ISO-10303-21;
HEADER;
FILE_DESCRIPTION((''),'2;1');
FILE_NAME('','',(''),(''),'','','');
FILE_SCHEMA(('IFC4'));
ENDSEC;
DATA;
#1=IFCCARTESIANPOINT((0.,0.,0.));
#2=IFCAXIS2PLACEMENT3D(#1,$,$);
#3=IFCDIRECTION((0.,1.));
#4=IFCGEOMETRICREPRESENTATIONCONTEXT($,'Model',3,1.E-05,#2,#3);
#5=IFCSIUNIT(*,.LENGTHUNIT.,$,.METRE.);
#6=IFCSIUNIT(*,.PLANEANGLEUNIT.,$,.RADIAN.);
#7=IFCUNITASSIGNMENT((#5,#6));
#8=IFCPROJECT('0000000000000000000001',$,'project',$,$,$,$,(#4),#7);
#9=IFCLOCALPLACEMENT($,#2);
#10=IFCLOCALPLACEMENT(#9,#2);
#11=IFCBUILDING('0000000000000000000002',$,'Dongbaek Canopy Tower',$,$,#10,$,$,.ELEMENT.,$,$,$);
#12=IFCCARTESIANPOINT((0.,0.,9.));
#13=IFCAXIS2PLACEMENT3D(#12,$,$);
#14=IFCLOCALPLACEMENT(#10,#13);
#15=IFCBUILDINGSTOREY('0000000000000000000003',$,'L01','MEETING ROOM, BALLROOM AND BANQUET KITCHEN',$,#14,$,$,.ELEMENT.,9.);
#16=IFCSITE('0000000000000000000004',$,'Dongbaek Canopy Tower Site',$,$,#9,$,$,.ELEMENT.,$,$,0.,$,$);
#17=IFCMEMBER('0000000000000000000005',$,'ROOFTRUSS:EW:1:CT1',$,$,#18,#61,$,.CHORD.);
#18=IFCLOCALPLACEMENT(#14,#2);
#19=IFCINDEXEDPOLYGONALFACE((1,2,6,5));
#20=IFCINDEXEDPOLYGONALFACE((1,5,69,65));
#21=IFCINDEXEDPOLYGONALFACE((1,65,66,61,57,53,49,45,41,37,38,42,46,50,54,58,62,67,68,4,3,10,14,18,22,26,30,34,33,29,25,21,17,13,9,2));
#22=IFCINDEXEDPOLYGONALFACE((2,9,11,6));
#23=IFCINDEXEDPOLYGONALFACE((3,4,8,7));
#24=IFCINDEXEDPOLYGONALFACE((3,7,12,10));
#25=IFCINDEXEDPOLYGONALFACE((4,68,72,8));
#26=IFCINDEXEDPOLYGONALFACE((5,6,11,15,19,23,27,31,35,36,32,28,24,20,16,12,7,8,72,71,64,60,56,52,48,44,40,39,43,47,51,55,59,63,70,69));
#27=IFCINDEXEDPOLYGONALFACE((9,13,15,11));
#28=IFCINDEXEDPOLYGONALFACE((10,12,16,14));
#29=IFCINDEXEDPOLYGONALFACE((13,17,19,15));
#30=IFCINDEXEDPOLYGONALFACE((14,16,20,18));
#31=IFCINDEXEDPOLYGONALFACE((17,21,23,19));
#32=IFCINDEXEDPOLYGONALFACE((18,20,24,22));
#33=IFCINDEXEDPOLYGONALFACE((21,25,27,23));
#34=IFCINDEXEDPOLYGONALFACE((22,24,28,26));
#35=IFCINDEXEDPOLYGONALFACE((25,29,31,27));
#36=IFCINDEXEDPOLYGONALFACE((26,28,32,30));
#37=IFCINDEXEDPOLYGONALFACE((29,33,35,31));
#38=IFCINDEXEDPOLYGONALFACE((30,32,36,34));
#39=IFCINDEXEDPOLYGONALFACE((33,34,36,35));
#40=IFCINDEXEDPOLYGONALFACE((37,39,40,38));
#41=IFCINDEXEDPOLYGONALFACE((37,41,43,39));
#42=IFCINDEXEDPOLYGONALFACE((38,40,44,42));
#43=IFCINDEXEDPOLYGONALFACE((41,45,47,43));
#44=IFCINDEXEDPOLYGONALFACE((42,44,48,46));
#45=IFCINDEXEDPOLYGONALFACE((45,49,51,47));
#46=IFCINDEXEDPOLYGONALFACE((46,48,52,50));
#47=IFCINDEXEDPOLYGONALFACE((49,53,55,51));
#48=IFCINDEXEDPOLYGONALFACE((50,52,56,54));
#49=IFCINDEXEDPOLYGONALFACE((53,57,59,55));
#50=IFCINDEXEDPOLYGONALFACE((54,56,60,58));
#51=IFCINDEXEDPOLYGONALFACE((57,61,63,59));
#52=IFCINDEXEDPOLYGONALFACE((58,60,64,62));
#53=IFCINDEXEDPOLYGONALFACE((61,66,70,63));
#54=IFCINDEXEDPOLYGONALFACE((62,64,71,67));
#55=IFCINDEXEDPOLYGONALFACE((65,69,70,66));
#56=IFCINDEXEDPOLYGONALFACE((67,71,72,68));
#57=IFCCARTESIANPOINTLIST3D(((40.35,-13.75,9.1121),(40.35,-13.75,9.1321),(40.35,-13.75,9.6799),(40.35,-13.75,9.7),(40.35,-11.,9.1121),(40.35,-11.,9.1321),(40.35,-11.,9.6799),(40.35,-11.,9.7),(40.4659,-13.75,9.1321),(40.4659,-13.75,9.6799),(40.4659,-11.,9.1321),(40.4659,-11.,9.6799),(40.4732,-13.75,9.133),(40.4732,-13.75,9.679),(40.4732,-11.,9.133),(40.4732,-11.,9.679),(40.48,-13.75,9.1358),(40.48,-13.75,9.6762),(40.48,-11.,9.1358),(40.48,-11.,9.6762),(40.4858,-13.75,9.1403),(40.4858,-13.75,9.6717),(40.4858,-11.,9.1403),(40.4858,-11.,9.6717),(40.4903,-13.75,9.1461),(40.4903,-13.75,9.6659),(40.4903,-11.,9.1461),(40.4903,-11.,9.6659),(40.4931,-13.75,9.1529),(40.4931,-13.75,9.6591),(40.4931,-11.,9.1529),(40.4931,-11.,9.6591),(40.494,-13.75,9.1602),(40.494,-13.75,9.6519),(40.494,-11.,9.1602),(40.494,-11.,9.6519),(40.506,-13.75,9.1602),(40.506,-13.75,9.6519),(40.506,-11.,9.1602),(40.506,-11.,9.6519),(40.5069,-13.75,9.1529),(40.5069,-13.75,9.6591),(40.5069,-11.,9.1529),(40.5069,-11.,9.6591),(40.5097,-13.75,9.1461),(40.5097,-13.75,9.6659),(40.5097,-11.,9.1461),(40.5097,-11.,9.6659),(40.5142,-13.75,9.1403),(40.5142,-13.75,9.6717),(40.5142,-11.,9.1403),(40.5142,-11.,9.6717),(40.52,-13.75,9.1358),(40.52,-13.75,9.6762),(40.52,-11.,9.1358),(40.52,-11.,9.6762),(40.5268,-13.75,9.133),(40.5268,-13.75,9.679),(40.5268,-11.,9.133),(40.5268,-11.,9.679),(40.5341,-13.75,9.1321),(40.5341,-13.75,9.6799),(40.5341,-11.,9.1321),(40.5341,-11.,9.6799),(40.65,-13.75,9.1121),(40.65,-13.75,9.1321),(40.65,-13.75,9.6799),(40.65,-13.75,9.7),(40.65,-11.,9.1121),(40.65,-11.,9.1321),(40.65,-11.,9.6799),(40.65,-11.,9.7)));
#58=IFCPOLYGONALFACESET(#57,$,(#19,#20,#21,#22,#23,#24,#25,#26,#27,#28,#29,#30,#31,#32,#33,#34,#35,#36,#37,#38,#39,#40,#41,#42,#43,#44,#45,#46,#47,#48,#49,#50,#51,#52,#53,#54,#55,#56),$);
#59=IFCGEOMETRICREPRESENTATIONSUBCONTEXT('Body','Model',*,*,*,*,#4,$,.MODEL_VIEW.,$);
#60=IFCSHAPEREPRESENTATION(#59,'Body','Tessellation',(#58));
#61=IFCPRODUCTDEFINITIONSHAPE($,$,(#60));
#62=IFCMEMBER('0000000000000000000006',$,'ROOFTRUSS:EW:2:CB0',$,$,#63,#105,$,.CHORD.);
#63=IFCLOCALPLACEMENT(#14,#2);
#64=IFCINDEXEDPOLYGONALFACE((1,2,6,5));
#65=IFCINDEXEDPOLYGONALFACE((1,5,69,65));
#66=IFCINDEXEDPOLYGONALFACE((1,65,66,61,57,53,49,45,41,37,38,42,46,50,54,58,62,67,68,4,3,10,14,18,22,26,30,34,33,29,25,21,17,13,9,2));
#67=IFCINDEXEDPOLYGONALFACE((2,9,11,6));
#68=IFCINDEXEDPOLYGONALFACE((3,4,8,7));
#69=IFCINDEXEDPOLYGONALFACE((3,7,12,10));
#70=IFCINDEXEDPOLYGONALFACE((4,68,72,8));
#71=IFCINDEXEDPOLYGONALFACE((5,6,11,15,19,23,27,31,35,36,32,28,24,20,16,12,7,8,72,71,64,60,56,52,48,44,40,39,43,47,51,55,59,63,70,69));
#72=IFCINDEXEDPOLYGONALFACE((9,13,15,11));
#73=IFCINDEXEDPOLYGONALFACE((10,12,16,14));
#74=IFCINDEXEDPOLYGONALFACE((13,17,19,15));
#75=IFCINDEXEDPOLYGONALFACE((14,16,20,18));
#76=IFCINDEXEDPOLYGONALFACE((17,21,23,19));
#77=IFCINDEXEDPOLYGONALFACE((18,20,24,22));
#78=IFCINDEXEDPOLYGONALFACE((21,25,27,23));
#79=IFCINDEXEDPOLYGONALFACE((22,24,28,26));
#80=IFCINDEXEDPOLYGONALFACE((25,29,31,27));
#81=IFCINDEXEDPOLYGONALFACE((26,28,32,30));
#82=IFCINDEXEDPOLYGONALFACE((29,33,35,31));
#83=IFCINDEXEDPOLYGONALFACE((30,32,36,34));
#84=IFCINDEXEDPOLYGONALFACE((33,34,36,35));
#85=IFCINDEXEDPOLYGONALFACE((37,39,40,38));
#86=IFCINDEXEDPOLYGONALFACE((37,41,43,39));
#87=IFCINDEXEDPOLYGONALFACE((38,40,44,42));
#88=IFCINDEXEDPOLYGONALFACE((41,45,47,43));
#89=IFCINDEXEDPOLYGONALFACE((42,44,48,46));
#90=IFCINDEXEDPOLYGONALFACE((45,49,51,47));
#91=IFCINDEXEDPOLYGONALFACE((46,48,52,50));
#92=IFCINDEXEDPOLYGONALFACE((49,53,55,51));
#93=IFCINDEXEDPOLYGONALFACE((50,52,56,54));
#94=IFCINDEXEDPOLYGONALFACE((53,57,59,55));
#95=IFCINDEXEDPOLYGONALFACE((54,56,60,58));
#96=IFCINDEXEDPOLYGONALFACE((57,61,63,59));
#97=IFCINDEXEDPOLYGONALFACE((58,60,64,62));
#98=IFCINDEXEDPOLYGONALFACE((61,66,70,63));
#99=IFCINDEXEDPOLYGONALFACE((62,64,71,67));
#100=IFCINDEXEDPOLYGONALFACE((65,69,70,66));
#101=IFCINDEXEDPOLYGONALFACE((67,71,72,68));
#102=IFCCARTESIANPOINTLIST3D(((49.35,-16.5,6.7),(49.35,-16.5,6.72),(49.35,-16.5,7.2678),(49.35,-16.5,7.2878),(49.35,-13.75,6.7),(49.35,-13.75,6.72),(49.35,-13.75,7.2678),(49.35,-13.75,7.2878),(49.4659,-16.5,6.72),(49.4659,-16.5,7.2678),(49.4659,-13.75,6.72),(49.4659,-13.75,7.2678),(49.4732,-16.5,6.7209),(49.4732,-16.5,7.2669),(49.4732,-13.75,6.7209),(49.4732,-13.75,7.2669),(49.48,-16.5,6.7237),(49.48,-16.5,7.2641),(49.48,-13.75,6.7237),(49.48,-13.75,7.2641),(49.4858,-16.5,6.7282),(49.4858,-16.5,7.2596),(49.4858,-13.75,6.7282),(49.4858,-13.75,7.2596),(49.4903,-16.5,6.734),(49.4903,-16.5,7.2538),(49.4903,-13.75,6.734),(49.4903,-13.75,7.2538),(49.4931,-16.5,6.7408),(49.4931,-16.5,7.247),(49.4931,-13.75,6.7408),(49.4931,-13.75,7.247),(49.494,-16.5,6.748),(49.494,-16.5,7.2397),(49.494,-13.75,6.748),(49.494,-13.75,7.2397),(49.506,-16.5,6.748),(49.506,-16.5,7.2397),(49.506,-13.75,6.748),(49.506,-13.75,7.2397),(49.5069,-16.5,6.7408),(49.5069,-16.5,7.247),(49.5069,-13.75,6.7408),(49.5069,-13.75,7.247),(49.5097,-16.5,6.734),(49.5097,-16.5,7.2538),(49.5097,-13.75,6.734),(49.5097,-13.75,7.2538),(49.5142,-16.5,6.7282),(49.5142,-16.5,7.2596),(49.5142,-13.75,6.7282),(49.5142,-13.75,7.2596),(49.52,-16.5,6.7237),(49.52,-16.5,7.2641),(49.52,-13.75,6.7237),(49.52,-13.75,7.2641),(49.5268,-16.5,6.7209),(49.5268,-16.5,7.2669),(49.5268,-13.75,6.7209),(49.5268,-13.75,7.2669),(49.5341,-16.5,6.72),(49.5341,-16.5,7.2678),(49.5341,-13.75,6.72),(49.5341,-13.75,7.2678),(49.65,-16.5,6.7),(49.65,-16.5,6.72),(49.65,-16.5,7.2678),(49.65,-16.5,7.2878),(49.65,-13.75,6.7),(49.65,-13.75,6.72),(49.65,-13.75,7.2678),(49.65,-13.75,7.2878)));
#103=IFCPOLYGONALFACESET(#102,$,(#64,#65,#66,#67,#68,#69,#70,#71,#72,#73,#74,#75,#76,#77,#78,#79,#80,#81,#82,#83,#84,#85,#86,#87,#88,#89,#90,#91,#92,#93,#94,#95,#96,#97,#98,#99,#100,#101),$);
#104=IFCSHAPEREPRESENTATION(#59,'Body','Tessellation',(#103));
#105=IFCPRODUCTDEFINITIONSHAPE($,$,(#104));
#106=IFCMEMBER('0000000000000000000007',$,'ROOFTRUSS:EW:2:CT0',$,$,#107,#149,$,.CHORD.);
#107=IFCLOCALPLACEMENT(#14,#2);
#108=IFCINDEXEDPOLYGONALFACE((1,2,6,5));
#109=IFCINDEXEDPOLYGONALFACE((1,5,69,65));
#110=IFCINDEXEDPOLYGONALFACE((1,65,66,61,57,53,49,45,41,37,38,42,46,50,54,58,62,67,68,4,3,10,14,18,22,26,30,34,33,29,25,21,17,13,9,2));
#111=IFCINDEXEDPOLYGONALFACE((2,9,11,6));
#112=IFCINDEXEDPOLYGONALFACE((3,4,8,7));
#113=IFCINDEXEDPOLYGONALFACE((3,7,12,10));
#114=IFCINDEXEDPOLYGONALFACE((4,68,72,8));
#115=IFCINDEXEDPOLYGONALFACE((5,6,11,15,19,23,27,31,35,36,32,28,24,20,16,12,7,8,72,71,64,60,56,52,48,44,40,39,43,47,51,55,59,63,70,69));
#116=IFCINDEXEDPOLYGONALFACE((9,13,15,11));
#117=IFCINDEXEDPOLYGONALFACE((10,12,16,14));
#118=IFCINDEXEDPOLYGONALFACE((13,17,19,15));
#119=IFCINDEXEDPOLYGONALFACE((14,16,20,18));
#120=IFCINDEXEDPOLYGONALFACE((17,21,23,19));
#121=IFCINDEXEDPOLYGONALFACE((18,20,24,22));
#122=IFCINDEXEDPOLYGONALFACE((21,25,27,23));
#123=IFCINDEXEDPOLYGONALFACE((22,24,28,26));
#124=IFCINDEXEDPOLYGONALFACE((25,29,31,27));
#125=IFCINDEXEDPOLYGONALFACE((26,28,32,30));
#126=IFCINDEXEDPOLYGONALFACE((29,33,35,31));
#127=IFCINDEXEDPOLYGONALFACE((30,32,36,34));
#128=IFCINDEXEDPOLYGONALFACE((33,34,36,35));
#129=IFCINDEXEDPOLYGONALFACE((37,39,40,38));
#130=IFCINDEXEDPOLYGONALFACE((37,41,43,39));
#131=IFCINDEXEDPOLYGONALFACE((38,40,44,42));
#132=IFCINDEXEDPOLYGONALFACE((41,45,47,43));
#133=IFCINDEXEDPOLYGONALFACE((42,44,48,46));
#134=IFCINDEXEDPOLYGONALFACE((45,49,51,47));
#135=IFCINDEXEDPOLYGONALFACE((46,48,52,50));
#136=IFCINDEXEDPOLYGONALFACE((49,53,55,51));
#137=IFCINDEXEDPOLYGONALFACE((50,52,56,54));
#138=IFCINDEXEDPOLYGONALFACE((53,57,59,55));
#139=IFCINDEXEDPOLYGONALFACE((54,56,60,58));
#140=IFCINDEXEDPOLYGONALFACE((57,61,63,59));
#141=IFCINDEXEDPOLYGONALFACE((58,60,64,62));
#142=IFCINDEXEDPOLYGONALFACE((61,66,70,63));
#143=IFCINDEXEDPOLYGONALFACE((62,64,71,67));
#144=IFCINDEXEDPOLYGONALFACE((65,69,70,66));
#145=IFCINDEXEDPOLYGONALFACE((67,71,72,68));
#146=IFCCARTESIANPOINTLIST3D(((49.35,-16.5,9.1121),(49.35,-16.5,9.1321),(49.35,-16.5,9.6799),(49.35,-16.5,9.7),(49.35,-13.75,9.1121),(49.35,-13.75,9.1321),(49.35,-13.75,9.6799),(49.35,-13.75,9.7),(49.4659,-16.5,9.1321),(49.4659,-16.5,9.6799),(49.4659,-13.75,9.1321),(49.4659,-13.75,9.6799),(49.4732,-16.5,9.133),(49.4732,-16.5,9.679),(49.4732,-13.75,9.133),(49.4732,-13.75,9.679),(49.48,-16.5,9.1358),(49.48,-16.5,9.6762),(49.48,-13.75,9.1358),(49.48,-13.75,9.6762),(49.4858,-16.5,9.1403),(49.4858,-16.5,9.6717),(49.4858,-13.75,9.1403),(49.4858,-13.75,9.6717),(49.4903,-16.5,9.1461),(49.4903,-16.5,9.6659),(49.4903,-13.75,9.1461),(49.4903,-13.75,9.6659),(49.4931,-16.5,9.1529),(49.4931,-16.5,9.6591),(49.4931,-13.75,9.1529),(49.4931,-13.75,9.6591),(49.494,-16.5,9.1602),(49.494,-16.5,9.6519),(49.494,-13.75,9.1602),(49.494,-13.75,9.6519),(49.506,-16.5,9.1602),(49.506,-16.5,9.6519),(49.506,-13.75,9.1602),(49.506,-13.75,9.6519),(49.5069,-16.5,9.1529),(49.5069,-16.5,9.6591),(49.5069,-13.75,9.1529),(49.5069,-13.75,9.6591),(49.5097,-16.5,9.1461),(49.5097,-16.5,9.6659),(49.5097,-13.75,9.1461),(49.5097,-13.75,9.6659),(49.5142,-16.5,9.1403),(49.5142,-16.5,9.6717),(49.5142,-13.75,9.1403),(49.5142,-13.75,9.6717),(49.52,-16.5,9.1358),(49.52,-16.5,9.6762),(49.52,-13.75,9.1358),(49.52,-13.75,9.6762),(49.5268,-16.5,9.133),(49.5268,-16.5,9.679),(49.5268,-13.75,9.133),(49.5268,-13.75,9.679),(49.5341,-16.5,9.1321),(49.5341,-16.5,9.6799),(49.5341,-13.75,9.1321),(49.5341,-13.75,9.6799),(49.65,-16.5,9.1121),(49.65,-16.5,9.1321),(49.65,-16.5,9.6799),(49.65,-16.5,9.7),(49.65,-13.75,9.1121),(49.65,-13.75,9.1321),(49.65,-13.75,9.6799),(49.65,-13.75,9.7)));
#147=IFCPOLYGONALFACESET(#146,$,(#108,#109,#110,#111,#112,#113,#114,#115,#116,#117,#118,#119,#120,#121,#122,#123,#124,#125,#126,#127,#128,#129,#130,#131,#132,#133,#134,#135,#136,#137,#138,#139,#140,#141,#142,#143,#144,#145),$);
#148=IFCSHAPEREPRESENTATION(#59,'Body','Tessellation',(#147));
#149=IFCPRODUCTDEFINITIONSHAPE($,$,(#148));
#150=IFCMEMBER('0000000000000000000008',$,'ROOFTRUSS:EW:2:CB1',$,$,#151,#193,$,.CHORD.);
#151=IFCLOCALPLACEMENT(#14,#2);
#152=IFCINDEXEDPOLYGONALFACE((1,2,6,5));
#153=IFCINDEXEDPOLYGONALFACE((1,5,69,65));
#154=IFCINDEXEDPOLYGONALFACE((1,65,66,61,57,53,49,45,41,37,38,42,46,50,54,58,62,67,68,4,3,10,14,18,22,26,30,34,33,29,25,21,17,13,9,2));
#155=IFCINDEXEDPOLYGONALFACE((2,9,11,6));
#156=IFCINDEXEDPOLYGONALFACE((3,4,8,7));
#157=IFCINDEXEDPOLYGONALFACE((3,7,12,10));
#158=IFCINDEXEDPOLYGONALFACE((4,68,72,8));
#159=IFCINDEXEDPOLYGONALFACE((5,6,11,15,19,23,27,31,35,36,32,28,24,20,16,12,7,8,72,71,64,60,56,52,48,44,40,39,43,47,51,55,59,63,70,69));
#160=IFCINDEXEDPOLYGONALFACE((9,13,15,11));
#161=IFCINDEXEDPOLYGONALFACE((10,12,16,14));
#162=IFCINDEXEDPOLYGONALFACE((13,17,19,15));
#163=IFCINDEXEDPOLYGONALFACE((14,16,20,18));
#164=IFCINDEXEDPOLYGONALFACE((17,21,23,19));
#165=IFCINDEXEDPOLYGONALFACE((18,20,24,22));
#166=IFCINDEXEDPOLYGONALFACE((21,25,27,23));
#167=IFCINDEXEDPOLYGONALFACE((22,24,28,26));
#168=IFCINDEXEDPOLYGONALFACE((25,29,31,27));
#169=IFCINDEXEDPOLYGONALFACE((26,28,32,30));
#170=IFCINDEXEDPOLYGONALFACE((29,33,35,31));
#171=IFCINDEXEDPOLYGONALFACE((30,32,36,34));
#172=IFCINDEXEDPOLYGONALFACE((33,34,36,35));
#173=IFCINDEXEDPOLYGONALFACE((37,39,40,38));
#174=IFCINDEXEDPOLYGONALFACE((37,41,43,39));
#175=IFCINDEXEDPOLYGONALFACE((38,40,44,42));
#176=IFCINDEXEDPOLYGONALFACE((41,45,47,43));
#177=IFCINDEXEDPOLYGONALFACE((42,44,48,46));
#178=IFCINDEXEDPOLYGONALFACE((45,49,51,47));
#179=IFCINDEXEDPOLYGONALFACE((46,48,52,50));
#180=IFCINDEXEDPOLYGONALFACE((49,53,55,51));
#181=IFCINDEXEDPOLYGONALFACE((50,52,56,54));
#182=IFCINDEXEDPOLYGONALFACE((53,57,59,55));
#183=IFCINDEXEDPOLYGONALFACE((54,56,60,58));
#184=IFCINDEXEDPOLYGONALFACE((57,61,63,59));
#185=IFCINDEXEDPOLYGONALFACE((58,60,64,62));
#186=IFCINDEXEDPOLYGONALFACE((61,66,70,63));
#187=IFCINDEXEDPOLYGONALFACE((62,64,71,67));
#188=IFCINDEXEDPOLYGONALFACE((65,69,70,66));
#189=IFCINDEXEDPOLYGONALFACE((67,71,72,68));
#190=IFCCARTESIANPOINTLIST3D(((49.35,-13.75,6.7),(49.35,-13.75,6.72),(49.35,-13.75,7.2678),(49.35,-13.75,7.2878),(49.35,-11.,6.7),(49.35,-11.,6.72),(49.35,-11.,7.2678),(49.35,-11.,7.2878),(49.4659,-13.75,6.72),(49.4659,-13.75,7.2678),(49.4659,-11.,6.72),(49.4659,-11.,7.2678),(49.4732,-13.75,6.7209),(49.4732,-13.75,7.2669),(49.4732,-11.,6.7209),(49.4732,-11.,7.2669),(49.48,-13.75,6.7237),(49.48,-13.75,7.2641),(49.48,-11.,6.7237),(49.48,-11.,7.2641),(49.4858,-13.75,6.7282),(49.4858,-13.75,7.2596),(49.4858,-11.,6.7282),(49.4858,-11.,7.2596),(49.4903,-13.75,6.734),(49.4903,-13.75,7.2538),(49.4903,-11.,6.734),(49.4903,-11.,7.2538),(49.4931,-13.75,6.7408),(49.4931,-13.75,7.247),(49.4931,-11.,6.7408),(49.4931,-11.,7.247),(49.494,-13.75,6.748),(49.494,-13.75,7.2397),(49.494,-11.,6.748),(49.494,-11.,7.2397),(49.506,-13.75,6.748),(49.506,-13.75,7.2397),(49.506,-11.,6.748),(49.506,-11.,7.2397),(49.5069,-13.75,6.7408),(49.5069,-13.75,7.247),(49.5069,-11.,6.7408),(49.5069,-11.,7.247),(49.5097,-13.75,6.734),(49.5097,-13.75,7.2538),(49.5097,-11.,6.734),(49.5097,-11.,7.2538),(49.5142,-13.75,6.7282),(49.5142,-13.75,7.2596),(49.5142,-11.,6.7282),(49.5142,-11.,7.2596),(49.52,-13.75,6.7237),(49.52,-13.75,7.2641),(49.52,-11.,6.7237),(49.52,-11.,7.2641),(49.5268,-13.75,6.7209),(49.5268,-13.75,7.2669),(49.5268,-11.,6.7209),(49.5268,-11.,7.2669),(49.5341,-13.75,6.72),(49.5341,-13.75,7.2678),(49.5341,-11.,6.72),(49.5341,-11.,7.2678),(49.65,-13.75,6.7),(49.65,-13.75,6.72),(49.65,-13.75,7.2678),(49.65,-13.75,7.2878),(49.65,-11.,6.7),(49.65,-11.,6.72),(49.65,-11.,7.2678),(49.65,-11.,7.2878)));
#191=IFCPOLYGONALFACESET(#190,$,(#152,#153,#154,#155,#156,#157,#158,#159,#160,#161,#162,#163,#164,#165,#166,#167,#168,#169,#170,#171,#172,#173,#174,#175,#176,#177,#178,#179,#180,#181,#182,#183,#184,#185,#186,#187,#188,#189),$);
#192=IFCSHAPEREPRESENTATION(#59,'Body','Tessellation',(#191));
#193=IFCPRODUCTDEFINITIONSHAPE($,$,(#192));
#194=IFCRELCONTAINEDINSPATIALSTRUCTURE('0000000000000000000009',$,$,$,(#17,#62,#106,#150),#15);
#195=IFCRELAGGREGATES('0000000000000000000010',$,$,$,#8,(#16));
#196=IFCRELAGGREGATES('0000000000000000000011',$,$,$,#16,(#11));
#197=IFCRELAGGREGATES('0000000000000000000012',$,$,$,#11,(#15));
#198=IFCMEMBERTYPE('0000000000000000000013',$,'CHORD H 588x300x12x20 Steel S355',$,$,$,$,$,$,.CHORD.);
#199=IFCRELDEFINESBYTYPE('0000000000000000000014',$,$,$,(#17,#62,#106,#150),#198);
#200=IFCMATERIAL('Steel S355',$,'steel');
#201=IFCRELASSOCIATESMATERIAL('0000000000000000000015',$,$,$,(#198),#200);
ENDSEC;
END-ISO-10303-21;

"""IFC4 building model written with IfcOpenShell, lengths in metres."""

from ifc_helpers import new_model, si_unit, direction, frame, origin, origin_2d, place, context, subcontext, project, spatial, i_section, extrude, material, material_profile, profile_set, type_object, element, save


model = new_model("IFC4")

# Units and contexts
model_context = context("Model", 3, precision=1e-05, world=origin(), true_north=direction((0.0, 1.0)))
body_context = subcontext(model_context, "Body", "Model", "MODEL_VIEW")
ifc_project = project(units=[si_unit("LENGTHUNIT", "METRE"), si_unit("PLANEANGLEUNIT", "RADIAN")], contexts=[model_context])

# Site, building, storey
site_placement = place(None, origin())
site = spatial("IfcSite", under=ifc_project, at=site_placement, Name="Dongbaek Canopy Tower Site", CompositionType="ELEMENT", RefElevation=0.0)
building_placement = place(site_placement, origin())
building = spatial("IfcBuilding", under=site, at=building_placement, Name="Dongbaek Canopy Tower", CompositionType="ELEMENT")
storey_placement = place(building_placement, frame((0.0, 0.0, 9.0)))
storey = spatial("IfcBuildingStorey", under=building, at=storey_placement, Name="L01", Description="MEETING ROOM, BALLROOM AND BANQUET KITCHEN", CompositionType="ELEMENT", Elevation=9.0)

# Members
ifc_material_1 = material(Name="Steel S355", Category="steel")
ifc_material_profile_1 = material_profile(ifc_material_1, i_section(OverallWidth=0.3, OverallDepth=0.5879, WebThickness=0.012, FlangeThickness=0.02, FilletRadius=0.0281, at=origin_2d()), Name="CHORD H 588x300x12x20 Steel S355")
ifc_profile_set_1 = profile_set([ifc_material_profile_1], Name="Steel S355")
member_type_1 = type_object("IfcMemberType", Name="CHORD H 588x300x12x20 Steel S355", PredefinedType="CHORD", material=ifc_profile_set_1)
for number, where, z_axis, x_axis, name in (
    (1, (40.5, -13.75, 9.406), (0.0, 1.0, 0.0), (-1.0, 0.0, 0.0), "ROOFTRUSS:EW:1:CT1"),
    (2, (49.5, -16.5, 6.9939), (0.0, 1.0, 0.0), (-1.0, 0.0, 0.0), "ROOFTRUSS:EW:2:CB0"),
    (3, (49.5, -16.5, 9.406), (0.0, 1.0, 0.0), (-1.0, 0.0, 0.0), "ROOFTRUSS:EW:2:CT0"),
    (4, (49.5, -13.75, 6.9939), (0.0, 1.0, 0.0), (-1.0, 0.0, 0.0), "ROOFTRUSS:EW:2:CB1"),
):
    element("IfcMember", number, at=place(storey_placement, frame(where, z_axis=z_axis, x_axis=x_axis)), inside=storey, type_object=member_type_1, Name=name, PredefinedType="CHORD", context=body_context, shape_type="SweptSolid", body=[
        extrude(i_section(OverallWidth=0.3, OverallDepth=0.5879, WebThickness=0.012, FlangeThickness=0.02, FilletRadius=0.0281, at=origin_2d()), origin(), (0.0, 0.0, 1.0), 2.75),
    ])

save(model, "model.ifc")
